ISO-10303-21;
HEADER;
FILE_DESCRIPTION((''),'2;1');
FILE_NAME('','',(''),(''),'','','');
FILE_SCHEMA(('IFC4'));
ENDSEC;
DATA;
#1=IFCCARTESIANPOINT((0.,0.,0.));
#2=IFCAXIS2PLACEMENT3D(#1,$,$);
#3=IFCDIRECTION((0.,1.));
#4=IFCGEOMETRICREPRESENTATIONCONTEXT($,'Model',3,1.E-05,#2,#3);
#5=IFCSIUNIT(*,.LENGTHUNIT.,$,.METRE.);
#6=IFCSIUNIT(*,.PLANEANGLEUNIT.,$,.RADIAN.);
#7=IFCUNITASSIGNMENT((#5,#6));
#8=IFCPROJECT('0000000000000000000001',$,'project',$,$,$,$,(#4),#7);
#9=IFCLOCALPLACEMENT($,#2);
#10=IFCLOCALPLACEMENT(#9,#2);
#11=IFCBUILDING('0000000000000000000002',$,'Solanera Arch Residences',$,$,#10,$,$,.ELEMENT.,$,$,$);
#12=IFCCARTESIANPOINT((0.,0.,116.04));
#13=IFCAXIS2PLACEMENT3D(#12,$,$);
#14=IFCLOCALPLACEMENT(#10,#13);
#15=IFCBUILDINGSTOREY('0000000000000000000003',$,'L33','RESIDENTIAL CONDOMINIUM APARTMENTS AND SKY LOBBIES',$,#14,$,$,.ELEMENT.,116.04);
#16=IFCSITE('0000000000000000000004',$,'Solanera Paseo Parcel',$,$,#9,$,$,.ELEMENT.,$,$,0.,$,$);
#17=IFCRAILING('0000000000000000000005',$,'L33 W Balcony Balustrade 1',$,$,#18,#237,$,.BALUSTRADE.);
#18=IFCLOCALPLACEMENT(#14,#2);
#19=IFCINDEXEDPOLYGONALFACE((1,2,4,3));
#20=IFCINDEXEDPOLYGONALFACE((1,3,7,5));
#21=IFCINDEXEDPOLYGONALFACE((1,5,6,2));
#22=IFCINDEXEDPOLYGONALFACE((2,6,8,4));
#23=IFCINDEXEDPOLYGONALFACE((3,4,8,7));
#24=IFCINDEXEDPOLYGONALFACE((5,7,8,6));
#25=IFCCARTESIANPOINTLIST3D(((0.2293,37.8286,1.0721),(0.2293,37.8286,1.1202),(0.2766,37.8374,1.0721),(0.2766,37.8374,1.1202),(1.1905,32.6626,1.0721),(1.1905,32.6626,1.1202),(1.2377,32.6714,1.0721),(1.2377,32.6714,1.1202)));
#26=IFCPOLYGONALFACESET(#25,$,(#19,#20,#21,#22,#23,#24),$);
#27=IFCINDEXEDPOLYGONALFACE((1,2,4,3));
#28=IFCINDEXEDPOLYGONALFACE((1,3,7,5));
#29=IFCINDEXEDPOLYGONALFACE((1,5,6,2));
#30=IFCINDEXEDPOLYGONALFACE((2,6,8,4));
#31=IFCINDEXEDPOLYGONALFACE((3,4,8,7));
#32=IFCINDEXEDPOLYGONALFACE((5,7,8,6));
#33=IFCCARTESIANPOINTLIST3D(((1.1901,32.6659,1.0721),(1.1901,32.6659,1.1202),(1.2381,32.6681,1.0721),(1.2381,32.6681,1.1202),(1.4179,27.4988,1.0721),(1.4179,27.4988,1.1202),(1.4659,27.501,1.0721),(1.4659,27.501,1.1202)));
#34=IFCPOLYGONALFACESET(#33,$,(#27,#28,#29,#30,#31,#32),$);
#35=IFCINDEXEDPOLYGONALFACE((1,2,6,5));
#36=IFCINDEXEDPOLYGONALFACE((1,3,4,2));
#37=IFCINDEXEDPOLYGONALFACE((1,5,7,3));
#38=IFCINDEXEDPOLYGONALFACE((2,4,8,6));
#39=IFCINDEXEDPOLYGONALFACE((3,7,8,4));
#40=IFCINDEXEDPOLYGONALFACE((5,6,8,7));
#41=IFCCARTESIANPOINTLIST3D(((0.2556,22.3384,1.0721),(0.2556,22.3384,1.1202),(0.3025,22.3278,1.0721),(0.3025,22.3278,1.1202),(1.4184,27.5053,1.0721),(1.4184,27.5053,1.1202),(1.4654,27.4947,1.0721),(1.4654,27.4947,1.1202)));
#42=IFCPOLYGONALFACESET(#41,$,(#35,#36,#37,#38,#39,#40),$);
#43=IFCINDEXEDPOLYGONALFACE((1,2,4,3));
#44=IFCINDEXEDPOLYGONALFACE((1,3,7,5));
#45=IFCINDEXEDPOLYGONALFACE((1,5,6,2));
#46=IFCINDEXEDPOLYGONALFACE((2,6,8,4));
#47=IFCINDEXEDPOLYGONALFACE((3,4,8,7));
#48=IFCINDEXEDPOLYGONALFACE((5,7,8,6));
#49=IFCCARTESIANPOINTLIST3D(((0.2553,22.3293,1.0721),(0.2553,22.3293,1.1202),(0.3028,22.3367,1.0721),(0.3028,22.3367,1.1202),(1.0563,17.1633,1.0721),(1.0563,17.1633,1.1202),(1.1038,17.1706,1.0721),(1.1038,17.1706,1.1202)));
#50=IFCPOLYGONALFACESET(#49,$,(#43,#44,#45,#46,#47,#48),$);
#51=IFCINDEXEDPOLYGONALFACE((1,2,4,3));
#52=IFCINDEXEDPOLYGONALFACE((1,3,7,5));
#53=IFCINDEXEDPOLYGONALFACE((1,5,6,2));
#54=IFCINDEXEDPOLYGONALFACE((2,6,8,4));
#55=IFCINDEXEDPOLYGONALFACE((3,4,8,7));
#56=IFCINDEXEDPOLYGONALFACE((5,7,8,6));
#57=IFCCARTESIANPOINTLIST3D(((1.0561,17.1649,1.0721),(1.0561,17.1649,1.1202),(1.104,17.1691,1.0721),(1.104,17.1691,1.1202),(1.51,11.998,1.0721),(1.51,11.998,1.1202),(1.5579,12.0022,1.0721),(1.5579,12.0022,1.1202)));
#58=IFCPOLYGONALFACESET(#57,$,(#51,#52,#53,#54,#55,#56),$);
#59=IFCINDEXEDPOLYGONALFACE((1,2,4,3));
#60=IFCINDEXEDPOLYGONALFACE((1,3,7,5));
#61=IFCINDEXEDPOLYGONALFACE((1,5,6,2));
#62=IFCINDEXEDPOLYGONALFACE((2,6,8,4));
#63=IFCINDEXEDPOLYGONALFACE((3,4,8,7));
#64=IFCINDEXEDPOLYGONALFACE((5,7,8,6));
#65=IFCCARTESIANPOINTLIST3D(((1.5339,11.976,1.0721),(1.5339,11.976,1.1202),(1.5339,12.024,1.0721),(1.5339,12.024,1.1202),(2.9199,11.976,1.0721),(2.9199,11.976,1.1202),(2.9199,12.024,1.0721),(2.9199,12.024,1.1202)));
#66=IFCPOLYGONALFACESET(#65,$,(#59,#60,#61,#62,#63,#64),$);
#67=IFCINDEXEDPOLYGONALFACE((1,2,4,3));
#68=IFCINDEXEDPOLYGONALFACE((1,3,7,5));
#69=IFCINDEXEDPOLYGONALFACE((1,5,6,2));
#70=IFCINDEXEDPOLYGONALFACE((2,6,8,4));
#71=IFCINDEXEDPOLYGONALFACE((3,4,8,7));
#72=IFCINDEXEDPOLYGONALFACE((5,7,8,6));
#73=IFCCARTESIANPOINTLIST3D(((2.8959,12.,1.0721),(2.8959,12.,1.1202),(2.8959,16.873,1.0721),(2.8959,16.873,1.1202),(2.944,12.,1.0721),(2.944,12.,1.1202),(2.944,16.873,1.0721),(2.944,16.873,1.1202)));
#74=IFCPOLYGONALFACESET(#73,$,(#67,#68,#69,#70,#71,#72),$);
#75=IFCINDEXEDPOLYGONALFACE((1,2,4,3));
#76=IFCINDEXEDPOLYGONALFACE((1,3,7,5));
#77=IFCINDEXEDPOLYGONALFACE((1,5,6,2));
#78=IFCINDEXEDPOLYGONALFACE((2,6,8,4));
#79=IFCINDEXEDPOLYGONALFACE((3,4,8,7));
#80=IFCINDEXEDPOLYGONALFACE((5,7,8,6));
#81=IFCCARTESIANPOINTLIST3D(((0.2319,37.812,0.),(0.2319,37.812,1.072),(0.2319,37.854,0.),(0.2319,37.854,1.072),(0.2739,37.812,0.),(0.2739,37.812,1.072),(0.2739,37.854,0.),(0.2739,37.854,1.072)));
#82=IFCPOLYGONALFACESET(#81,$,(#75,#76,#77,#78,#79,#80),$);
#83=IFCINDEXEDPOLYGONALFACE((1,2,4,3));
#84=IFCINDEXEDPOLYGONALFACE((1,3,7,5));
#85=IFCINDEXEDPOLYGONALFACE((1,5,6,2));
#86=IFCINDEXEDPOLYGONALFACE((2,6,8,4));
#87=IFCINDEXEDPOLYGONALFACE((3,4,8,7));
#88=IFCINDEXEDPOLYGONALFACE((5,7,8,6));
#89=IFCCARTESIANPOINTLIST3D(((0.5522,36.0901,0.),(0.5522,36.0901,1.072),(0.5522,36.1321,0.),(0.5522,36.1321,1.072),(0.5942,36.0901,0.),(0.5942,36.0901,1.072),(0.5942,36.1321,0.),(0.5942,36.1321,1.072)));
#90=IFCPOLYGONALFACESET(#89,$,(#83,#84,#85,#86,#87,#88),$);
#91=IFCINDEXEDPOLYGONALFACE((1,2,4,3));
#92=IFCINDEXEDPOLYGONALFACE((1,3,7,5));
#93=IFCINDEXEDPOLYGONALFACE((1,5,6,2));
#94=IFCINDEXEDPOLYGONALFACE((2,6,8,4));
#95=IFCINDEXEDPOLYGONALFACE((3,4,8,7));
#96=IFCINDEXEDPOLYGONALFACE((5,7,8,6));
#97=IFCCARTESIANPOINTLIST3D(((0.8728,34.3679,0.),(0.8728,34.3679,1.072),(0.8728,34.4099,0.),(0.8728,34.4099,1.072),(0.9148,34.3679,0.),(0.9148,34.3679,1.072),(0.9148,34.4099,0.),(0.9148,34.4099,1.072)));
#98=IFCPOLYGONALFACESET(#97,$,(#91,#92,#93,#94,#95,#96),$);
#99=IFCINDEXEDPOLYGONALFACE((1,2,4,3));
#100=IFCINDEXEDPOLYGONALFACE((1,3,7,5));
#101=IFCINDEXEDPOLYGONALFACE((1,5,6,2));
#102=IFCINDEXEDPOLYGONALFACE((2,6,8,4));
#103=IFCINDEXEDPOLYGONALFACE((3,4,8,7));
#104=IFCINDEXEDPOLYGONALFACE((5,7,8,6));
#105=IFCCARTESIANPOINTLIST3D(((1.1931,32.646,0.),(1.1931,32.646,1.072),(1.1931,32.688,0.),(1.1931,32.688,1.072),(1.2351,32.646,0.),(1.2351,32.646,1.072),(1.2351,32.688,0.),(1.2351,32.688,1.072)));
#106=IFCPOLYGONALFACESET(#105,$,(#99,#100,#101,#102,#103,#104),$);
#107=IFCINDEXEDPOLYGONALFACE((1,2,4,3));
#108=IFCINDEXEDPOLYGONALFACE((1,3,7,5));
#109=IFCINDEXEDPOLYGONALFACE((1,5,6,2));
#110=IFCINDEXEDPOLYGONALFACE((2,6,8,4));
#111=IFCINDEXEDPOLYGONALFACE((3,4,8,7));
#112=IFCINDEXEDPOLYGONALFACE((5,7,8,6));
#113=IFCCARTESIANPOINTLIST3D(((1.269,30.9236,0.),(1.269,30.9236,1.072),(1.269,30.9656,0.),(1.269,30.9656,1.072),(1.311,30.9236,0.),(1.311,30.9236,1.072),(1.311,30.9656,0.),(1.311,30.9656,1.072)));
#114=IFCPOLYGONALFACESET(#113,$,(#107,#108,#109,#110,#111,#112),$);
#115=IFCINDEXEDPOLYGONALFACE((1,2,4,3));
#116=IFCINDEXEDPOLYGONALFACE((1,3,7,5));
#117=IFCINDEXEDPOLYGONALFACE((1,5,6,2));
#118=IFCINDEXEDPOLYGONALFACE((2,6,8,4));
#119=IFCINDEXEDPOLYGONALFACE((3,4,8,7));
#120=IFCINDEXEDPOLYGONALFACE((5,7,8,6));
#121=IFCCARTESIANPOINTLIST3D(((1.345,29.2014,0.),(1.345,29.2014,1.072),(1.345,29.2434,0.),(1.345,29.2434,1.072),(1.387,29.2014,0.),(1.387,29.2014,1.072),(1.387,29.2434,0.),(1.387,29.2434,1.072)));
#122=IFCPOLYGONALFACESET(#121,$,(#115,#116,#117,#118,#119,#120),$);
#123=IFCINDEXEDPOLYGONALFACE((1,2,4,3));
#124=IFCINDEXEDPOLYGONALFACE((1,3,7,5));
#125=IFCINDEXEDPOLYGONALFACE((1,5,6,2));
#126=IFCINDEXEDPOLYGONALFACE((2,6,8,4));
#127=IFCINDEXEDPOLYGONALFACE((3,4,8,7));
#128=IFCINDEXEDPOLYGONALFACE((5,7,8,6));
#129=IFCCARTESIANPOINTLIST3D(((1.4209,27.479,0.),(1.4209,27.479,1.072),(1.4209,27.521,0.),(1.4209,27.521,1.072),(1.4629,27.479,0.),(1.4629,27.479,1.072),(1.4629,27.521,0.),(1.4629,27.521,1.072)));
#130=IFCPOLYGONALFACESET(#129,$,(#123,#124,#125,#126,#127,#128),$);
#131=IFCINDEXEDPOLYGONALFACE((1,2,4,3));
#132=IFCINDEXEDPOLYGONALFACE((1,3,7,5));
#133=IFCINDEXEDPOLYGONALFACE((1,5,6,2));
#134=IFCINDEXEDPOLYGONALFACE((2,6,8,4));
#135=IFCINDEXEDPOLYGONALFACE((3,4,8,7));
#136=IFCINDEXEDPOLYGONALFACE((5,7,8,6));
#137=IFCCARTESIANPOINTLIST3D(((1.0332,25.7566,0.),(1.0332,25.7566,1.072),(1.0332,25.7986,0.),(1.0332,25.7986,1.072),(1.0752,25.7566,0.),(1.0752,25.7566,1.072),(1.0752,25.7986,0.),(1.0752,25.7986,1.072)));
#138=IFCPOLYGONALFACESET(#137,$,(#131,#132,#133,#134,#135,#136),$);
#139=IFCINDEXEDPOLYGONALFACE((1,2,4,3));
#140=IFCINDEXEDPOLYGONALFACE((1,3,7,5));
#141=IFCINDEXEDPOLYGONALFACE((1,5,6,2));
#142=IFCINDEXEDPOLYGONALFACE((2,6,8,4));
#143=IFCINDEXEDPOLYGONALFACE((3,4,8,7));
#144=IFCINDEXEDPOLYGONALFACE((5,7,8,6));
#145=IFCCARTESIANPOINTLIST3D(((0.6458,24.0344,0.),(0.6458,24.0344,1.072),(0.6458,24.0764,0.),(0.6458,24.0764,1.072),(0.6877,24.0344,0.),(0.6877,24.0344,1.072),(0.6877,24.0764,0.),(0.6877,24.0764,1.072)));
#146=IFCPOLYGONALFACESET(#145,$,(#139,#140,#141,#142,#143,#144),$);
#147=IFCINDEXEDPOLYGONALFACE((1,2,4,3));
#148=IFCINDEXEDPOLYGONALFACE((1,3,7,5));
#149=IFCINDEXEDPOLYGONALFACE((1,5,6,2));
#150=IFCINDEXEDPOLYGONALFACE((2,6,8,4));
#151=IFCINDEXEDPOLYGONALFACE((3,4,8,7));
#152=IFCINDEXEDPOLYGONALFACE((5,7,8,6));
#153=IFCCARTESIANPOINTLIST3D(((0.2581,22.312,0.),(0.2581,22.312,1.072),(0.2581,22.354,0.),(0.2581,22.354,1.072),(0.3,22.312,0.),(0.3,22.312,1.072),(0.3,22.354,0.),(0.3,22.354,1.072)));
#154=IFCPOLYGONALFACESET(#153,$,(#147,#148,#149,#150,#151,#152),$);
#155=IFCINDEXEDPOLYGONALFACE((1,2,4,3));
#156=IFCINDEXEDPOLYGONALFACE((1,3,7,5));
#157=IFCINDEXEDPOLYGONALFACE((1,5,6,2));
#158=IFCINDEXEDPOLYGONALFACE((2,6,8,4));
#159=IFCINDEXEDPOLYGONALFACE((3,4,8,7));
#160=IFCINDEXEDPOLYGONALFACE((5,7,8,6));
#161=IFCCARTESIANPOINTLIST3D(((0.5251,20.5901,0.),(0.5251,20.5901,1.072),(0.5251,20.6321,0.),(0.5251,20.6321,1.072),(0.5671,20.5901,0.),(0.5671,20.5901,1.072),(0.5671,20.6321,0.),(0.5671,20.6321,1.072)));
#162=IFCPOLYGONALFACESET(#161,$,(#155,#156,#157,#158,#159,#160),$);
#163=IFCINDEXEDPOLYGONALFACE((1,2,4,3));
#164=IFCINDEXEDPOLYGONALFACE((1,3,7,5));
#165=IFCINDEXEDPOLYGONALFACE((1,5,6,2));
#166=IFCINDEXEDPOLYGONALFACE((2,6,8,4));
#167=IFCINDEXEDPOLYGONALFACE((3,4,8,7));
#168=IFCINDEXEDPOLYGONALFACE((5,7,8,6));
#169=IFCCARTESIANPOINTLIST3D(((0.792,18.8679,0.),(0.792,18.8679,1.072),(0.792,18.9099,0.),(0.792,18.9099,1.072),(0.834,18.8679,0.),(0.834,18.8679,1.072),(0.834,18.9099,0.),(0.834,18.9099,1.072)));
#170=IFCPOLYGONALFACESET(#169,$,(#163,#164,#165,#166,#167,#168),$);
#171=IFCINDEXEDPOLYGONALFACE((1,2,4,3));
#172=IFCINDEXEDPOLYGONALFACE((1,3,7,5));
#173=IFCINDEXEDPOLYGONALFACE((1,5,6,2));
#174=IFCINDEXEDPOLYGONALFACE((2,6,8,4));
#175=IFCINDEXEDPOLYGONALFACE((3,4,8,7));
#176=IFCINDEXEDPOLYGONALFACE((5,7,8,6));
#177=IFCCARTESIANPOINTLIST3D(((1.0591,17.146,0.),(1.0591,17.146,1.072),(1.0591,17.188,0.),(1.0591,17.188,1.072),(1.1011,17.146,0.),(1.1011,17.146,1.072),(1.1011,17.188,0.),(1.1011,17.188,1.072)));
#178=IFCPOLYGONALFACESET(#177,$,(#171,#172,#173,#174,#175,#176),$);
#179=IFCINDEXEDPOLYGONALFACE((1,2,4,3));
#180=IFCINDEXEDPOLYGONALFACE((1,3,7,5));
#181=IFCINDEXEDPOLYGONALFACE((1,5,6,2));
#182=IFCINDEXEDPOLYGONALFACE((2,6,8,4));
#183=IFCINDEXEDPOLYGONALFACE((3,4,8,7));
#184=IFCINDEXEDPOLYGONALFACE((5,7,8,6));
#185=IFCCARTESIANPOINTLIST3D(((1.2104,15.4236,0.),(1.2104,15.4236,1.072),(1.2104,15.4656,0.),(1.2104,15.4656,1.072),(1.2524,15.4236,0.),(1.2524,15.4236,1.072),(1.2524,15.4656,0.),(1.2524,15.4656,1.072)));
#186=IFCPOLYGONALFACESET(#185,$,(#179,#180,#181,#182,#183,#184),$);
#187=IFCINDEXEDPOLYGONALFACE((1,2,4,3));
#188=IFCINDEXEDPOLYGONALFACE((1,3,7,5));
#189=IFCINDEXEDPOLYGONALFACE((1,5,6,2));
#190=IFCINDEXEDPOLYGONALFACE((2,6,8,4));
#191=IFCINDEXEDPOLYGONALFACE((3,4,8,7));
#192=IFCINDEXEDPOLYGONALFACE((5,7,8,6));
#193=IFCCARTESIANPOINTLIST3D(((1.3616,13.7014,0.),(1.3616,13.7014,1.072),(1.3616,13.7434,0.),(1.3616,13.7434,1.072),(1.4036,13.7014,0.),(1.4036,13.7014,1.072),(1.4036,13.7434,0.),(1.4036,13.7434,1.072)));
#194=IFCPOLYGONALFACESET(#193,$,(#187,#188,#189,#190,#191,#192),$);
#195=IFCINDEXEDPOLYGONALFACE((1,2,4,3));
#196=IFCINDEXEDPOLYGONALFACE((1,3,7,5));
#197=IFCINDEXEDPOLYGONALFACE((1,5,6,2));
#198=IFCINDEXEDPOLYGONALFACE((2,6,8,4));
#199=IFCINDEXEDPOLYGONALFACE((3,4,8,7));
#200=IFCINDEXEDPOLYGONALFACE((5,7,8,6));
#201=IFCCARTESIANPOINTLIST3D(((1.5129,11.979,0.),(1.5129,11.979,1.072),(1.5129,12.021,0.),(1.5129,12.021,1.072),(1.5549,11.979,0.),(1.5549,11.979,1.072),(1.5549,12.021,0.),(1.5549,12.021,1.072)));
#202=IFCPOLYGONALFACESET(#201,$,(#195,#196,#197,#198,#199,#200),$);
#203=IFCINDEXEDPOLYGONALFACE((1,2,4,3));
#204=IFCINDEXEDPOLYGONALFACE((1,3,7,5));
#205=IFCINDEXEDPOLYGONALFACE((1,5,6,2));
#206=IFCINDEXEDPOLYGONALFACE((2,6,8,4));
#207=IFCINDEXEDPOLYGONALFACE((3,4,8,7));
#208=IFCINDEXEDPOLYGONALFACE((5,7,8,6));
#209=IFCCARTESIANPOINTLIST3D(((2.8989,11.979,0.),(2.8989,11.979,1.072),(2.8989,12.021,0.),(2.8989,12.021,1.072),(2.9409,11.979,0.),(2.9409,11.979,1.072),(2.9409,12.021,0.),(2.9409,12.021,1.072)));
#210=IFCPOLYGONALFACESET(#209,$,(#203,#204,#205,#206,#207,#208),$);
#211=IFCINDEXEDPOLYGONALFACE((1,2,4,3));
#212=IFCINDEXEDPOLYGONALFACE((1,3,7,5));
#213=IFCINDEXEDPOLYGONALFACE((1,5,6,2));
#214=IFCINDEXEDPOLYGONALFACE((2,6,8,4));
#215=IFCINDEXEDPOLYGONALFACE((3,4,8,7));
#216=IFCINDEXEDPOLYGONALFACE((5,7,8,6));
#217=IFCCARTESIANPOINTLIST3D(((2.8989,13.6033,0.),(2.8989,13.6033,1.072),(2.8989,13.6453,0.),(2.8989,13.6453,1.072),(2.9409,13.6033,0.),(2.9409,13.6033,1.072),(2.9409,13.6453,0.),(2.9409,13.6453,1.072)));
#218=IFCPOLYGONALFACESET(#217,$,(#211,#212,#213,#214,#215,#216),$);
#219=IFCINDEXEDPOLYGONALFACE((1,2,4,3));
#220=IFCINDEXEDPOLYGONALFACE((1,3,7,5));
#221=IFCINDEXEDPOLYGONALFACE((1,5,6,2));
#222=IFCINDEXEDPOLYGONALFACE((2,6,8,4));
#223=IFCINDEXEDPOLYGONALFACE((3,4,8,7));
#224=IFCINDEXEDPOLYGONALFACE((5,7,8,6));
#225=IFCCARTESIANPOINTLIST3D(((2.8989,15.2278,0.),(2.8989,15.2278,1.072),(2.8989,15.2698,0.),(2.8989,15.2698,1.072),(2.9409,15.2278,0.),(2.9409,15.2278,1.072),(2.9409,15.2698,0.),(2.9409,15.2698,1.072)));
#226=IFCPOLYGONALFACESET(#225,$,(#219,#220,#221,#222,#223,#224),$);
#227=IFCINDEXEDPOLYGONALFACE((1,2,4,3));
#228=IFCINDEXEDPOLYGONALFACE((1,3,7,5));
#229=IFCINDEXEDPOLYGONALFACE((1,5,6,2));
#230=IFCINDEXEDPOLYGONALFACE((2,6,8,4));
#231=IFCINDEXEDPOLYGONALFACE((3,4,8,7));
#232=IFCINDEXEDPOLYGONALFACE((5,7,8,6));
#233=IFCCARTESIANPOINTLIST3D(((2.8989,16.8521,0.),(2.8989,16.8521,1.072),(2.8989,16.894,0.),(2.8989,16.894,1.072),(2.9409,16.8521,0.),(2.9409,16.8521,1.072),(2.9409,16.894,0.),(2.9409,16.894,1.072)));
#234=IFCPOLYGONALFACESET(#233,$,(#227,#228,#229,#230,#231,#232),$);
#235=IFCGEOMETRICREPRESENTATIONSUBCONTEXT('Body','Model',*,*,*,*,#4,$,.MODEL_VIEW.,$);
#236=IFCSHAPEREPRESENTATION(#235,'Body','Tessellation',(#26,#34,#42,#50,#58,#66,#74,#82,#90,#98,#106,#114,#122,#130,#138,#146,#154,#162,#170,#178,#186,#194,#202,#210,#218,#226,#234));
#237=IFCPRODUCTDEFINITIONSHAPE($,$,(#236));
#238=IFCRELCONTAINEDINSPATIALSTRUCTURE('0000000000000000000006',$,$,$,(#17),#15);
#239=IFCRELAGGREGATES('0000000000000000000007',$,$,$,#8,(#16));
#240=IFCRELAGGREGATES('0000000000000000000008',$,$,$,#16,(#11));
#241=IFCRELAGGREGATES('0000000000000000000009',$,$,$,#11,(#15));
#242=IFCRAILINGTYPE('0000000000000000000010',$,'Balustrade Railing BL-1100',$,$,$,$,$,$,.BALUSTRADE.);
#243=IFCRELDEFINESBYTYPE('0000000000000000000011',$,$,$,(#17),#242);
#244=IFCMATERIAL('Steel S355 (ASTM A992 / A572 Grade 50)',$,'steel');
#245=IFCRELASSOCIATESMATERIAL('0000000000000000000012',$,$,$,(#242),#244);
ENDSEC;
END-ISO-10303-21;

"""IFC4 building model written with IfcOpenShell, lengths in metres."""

from ifc_helpers import new_model, si_unit, direction, frame, origin, origin_2d, place, context, subcontext, project, spatial, rectangle, extrude, material, type_object, element, save


model = new_model("IFC4")

# Units and contexts
model_context = context("Model", 3, precision=1e-05, world=origin(), true_north=direction((0.0, 1.0)))
body_context = subcontext(model_context, "Body", "Model", "MODEL_VIEW")
ifc_project = project(units=[si_unit("LENGTHUNIT", "METRE"), si_unit("PLANEANGLEUNIT", "RADIAN")], contexts=[model_context])

# Site, building, storey
site_placement = place(None, origin())
site = spatial("IfcSite", under=ifc_project, at=site_placement, Name="Solanera Paseo Parcel", CompositionType="ELEMENT", RefElevation=0.0)
building_placement = place(site_placement, origin())
building = spatial("IfcBuilding", under=site, at=building_placement, Name="Solanera Arch Residences", CompositionType="ELEMENT")
storey_placement = place(building_placement, frame((0.0, 0.0, 116.04)))
storey = spatial("IfcBuildingStorey", under=building, at=storey_placement, Name="L33", Description="RESIDENTIAL CONDOMINIUM APARTMENTS AND SKY LOBBIES", CompositionType="ELEMENT", Elevation=116.04)

# Railing
ifc_material_1 = material(Name="Steel S355 (ASTM A992 / A572 Grade 50)", Category="steel")
railing_type_1 = type_object("IfcRailingType", Name="Balustrade Railing BL-1100", PredefinedType="BALUSTRADE", material=ifc_material_1)
railing_1_placement = place(storey_placement, frame((0.2529, 37.833, 0.0)))
element("IfcRailing", 1, at=railing_1_placement, inside=storey, type_object=railing_type_1, Name="L33 W Balcony Balustrade 1", PredefinedType="BALUSTRADE", context=body_context, shape_type="SweptSolid", body=[
    extrude(rectangle(XDim=0.0481, YDim=0.0481, at=origin_2d()), frame((0.0, 0.0, 1.0962), z_axis=(0.182919, -0.983128, 0.0), x_axis=(0.983128, 0.182919, 0.0)), (0.0, 0.0, 1.0), 5.2546),
    extrude(rectangle(XDim=0.0481, YDim=0.0481, at=origin_2d()), frame((0.9612, -5.166, 1.0962), z_axis=(0.044042, -0.99903, 0.0), x_axis=(0.99903, 0.044042, 0.0)), (0.0, 0.0, 1.0), 5.1721),
    extrude(rectangle(XDim=0.0481, YDim=0.0481, at=origin_2d()), frame((1.189, -10.333, 1.0962), z_axis=(-0.21956, -0.975599, 0.0), x_axis=(0.975599, -0.21956, 0.0)), (0.0, 0.0, 1.0), 5.2961),
    extrude(rectangle(XDim=0.0481, YDim=0.0481, at=origin_2d()), frame((0.0261, -15.5, 1.0962), z_axis=(0.153226, -0.988191, 0.0), x_axis=(0.988191, 0.153226, 0.0)), (0.0, 0.0, 1.0), 5.2278),
    extrude(rectangle(XDim=0.0481, YDim=0.0481, at=origin_2d()), frame((0.8271, -20.666, 1.0962), z_axis=(0.087501, -0.996164, 0.0), x_axis=(0.996164, 0.087501, 0.0)), (0.0, 0.0, 1.0), 5.1868),
    extrude(rectangle(XDim=0.0481, YDim=0.0481, at=origin_2d()), frame((1.281, -25.833, 1.0962), z_axis=(1.0, 0.0, 0.0), x_axis=(0.0, 1.0, 0.0)), (0.0, 0.0, 1.0), 1.386),
    extrude(rectangle(XDim=0.0481, YDim=0.0481, at=origin_2d()), frame((2.667, -25.833, 1.0962), z_axis=(0.0, 1.0, 0.0), x_axis=(-1.0, 0.0, 0.0)), (0.0, 0.0, 1.0), 4.873),
    extrude(rectangle(XDim=0.042, YDim=0.042, at=origin_2d()), origin(), (0.0, 0.0, 1.0), 1.072),
    extrude(rectangle(XDim=0.042, YDim=0.042, at=origin_2d()), frame((0.3203, -1.7219, 0.0)), (0.0, 0.0, 1.0), 1.072),
    extrude(rectangle(XDim=0.042, YDim=0.042, at=origin_2d()), frame((0.6409, -3.4441, 0.0)), (0.0, 0.0, 1.0), 1.072),
    extrude(rectangle(XDim=0.042, YDim=0.042, at=origin_2d()), frame((0.9612, -5.166, 0.0)), (0.0, 0.0, 1.0), 1.072),
    extrude(rectangle(XDim=0.042, YDim=0.042, at=origin_2d()), frame((1.0371, -6.8884, 0.0)), (0.0, 0.0, 1.0), 1.072),
    extrude(rectangle(XDim=0.042, YDim=0.042, at=origin_2d()), frame((1.113, -8.6106, 0.0)), (0.0, 0.0, 1.0), 1.072),
    extrude(rectangle(XDim=0.042, YDim=0.042, at=origin_2d()), frame((1.189, -10.333, 0.0)), (0.0, 0.0, 1.0), 1.072),
    extrude(rectangle(XDim=0.042, YDim=0.042, at=origin_2d()), frame((0.8013, -12.0554, 0.0)), (0.0, 0.0, 1.0), 1.072),
    extrude(rectangle(XDim=0.042, YDim=0.042, at=origin_2d()), frame((0.4138, -13.7776, 0.0)), (0.0, 0.0, 1.0), 1.072),
    extrude(rectangle(XDim=0.042, YDim=0.042, at=origin_2d()), frame((0.0261, -15.5, 0.0)), (0.0, 0.0, 1.0), 1.072),
    extrude(rectangle(XDim=0.042, YDim=0.042, at=origin_2d()), frame((0.2932, -17.2219, 0.0)), (0.0, 0.0, 1.0), 1.072),
    extrude(rectangle(XDim=0.042, YDim=0.042, at=origin_2d()), frame((0.5601, -18.9441, 0.0)), (0.0, 0.0, 1.0), 1.072),
    extrude(rectangle(XDim=0.042, YDim=0.042, at=origin_2d()), frame((0.8271, -20.666, 0.0)), (0.0, 0.0, 1.0), 1.072),
    extrude(rectangle(XDim=0.042, YDim=0.042, at=origin_2d()), frame((0.9785, -22.3884, 0.0)), (0.0, 0.0, 1.0), 1.072),
    extrude(rectangle(XDim=0.042, YDim=0.042, at=origin_2d()), frame((1.1296, -24.1106, 0.0)), (0.0, 0.0, 1.0), 1.072),
    extrude(rectangle(XDim=0.042, YDim=0.042, at=origin_2d()), frame((1.281, -25.833, 0.0)), (0.0, 0.0, 1.0), 1.072),
    extrude(rectangle(XDim=0.042, YDim=0.042, at=origin_2d()), frame((2.667, -25.833, 0.0)), (0.0, 0.0, 1.0), 1.072),
    extrude(rectangle(XDim=0.042, YDim=0.042, at=origin_2d()), frame((2.667, -24.2087, 0.0)), (0.0, 0.0, 1.0), 1.072),
    extrude(rectangle(XDim=0.042, YDim=0.042, at=origin_2d()), frame((2.667, -22.5842, 0.0)), (0.0, 0.0, 1.0), 1.072),
    extrude(rectangle(XDim=0.042, YDim=0.042, at=origin_2d()), frame((2.667, -20.96, 0.0)), (0.0, 0.0, 1.0), 1.072),
])

save(model, "model.ifc")
